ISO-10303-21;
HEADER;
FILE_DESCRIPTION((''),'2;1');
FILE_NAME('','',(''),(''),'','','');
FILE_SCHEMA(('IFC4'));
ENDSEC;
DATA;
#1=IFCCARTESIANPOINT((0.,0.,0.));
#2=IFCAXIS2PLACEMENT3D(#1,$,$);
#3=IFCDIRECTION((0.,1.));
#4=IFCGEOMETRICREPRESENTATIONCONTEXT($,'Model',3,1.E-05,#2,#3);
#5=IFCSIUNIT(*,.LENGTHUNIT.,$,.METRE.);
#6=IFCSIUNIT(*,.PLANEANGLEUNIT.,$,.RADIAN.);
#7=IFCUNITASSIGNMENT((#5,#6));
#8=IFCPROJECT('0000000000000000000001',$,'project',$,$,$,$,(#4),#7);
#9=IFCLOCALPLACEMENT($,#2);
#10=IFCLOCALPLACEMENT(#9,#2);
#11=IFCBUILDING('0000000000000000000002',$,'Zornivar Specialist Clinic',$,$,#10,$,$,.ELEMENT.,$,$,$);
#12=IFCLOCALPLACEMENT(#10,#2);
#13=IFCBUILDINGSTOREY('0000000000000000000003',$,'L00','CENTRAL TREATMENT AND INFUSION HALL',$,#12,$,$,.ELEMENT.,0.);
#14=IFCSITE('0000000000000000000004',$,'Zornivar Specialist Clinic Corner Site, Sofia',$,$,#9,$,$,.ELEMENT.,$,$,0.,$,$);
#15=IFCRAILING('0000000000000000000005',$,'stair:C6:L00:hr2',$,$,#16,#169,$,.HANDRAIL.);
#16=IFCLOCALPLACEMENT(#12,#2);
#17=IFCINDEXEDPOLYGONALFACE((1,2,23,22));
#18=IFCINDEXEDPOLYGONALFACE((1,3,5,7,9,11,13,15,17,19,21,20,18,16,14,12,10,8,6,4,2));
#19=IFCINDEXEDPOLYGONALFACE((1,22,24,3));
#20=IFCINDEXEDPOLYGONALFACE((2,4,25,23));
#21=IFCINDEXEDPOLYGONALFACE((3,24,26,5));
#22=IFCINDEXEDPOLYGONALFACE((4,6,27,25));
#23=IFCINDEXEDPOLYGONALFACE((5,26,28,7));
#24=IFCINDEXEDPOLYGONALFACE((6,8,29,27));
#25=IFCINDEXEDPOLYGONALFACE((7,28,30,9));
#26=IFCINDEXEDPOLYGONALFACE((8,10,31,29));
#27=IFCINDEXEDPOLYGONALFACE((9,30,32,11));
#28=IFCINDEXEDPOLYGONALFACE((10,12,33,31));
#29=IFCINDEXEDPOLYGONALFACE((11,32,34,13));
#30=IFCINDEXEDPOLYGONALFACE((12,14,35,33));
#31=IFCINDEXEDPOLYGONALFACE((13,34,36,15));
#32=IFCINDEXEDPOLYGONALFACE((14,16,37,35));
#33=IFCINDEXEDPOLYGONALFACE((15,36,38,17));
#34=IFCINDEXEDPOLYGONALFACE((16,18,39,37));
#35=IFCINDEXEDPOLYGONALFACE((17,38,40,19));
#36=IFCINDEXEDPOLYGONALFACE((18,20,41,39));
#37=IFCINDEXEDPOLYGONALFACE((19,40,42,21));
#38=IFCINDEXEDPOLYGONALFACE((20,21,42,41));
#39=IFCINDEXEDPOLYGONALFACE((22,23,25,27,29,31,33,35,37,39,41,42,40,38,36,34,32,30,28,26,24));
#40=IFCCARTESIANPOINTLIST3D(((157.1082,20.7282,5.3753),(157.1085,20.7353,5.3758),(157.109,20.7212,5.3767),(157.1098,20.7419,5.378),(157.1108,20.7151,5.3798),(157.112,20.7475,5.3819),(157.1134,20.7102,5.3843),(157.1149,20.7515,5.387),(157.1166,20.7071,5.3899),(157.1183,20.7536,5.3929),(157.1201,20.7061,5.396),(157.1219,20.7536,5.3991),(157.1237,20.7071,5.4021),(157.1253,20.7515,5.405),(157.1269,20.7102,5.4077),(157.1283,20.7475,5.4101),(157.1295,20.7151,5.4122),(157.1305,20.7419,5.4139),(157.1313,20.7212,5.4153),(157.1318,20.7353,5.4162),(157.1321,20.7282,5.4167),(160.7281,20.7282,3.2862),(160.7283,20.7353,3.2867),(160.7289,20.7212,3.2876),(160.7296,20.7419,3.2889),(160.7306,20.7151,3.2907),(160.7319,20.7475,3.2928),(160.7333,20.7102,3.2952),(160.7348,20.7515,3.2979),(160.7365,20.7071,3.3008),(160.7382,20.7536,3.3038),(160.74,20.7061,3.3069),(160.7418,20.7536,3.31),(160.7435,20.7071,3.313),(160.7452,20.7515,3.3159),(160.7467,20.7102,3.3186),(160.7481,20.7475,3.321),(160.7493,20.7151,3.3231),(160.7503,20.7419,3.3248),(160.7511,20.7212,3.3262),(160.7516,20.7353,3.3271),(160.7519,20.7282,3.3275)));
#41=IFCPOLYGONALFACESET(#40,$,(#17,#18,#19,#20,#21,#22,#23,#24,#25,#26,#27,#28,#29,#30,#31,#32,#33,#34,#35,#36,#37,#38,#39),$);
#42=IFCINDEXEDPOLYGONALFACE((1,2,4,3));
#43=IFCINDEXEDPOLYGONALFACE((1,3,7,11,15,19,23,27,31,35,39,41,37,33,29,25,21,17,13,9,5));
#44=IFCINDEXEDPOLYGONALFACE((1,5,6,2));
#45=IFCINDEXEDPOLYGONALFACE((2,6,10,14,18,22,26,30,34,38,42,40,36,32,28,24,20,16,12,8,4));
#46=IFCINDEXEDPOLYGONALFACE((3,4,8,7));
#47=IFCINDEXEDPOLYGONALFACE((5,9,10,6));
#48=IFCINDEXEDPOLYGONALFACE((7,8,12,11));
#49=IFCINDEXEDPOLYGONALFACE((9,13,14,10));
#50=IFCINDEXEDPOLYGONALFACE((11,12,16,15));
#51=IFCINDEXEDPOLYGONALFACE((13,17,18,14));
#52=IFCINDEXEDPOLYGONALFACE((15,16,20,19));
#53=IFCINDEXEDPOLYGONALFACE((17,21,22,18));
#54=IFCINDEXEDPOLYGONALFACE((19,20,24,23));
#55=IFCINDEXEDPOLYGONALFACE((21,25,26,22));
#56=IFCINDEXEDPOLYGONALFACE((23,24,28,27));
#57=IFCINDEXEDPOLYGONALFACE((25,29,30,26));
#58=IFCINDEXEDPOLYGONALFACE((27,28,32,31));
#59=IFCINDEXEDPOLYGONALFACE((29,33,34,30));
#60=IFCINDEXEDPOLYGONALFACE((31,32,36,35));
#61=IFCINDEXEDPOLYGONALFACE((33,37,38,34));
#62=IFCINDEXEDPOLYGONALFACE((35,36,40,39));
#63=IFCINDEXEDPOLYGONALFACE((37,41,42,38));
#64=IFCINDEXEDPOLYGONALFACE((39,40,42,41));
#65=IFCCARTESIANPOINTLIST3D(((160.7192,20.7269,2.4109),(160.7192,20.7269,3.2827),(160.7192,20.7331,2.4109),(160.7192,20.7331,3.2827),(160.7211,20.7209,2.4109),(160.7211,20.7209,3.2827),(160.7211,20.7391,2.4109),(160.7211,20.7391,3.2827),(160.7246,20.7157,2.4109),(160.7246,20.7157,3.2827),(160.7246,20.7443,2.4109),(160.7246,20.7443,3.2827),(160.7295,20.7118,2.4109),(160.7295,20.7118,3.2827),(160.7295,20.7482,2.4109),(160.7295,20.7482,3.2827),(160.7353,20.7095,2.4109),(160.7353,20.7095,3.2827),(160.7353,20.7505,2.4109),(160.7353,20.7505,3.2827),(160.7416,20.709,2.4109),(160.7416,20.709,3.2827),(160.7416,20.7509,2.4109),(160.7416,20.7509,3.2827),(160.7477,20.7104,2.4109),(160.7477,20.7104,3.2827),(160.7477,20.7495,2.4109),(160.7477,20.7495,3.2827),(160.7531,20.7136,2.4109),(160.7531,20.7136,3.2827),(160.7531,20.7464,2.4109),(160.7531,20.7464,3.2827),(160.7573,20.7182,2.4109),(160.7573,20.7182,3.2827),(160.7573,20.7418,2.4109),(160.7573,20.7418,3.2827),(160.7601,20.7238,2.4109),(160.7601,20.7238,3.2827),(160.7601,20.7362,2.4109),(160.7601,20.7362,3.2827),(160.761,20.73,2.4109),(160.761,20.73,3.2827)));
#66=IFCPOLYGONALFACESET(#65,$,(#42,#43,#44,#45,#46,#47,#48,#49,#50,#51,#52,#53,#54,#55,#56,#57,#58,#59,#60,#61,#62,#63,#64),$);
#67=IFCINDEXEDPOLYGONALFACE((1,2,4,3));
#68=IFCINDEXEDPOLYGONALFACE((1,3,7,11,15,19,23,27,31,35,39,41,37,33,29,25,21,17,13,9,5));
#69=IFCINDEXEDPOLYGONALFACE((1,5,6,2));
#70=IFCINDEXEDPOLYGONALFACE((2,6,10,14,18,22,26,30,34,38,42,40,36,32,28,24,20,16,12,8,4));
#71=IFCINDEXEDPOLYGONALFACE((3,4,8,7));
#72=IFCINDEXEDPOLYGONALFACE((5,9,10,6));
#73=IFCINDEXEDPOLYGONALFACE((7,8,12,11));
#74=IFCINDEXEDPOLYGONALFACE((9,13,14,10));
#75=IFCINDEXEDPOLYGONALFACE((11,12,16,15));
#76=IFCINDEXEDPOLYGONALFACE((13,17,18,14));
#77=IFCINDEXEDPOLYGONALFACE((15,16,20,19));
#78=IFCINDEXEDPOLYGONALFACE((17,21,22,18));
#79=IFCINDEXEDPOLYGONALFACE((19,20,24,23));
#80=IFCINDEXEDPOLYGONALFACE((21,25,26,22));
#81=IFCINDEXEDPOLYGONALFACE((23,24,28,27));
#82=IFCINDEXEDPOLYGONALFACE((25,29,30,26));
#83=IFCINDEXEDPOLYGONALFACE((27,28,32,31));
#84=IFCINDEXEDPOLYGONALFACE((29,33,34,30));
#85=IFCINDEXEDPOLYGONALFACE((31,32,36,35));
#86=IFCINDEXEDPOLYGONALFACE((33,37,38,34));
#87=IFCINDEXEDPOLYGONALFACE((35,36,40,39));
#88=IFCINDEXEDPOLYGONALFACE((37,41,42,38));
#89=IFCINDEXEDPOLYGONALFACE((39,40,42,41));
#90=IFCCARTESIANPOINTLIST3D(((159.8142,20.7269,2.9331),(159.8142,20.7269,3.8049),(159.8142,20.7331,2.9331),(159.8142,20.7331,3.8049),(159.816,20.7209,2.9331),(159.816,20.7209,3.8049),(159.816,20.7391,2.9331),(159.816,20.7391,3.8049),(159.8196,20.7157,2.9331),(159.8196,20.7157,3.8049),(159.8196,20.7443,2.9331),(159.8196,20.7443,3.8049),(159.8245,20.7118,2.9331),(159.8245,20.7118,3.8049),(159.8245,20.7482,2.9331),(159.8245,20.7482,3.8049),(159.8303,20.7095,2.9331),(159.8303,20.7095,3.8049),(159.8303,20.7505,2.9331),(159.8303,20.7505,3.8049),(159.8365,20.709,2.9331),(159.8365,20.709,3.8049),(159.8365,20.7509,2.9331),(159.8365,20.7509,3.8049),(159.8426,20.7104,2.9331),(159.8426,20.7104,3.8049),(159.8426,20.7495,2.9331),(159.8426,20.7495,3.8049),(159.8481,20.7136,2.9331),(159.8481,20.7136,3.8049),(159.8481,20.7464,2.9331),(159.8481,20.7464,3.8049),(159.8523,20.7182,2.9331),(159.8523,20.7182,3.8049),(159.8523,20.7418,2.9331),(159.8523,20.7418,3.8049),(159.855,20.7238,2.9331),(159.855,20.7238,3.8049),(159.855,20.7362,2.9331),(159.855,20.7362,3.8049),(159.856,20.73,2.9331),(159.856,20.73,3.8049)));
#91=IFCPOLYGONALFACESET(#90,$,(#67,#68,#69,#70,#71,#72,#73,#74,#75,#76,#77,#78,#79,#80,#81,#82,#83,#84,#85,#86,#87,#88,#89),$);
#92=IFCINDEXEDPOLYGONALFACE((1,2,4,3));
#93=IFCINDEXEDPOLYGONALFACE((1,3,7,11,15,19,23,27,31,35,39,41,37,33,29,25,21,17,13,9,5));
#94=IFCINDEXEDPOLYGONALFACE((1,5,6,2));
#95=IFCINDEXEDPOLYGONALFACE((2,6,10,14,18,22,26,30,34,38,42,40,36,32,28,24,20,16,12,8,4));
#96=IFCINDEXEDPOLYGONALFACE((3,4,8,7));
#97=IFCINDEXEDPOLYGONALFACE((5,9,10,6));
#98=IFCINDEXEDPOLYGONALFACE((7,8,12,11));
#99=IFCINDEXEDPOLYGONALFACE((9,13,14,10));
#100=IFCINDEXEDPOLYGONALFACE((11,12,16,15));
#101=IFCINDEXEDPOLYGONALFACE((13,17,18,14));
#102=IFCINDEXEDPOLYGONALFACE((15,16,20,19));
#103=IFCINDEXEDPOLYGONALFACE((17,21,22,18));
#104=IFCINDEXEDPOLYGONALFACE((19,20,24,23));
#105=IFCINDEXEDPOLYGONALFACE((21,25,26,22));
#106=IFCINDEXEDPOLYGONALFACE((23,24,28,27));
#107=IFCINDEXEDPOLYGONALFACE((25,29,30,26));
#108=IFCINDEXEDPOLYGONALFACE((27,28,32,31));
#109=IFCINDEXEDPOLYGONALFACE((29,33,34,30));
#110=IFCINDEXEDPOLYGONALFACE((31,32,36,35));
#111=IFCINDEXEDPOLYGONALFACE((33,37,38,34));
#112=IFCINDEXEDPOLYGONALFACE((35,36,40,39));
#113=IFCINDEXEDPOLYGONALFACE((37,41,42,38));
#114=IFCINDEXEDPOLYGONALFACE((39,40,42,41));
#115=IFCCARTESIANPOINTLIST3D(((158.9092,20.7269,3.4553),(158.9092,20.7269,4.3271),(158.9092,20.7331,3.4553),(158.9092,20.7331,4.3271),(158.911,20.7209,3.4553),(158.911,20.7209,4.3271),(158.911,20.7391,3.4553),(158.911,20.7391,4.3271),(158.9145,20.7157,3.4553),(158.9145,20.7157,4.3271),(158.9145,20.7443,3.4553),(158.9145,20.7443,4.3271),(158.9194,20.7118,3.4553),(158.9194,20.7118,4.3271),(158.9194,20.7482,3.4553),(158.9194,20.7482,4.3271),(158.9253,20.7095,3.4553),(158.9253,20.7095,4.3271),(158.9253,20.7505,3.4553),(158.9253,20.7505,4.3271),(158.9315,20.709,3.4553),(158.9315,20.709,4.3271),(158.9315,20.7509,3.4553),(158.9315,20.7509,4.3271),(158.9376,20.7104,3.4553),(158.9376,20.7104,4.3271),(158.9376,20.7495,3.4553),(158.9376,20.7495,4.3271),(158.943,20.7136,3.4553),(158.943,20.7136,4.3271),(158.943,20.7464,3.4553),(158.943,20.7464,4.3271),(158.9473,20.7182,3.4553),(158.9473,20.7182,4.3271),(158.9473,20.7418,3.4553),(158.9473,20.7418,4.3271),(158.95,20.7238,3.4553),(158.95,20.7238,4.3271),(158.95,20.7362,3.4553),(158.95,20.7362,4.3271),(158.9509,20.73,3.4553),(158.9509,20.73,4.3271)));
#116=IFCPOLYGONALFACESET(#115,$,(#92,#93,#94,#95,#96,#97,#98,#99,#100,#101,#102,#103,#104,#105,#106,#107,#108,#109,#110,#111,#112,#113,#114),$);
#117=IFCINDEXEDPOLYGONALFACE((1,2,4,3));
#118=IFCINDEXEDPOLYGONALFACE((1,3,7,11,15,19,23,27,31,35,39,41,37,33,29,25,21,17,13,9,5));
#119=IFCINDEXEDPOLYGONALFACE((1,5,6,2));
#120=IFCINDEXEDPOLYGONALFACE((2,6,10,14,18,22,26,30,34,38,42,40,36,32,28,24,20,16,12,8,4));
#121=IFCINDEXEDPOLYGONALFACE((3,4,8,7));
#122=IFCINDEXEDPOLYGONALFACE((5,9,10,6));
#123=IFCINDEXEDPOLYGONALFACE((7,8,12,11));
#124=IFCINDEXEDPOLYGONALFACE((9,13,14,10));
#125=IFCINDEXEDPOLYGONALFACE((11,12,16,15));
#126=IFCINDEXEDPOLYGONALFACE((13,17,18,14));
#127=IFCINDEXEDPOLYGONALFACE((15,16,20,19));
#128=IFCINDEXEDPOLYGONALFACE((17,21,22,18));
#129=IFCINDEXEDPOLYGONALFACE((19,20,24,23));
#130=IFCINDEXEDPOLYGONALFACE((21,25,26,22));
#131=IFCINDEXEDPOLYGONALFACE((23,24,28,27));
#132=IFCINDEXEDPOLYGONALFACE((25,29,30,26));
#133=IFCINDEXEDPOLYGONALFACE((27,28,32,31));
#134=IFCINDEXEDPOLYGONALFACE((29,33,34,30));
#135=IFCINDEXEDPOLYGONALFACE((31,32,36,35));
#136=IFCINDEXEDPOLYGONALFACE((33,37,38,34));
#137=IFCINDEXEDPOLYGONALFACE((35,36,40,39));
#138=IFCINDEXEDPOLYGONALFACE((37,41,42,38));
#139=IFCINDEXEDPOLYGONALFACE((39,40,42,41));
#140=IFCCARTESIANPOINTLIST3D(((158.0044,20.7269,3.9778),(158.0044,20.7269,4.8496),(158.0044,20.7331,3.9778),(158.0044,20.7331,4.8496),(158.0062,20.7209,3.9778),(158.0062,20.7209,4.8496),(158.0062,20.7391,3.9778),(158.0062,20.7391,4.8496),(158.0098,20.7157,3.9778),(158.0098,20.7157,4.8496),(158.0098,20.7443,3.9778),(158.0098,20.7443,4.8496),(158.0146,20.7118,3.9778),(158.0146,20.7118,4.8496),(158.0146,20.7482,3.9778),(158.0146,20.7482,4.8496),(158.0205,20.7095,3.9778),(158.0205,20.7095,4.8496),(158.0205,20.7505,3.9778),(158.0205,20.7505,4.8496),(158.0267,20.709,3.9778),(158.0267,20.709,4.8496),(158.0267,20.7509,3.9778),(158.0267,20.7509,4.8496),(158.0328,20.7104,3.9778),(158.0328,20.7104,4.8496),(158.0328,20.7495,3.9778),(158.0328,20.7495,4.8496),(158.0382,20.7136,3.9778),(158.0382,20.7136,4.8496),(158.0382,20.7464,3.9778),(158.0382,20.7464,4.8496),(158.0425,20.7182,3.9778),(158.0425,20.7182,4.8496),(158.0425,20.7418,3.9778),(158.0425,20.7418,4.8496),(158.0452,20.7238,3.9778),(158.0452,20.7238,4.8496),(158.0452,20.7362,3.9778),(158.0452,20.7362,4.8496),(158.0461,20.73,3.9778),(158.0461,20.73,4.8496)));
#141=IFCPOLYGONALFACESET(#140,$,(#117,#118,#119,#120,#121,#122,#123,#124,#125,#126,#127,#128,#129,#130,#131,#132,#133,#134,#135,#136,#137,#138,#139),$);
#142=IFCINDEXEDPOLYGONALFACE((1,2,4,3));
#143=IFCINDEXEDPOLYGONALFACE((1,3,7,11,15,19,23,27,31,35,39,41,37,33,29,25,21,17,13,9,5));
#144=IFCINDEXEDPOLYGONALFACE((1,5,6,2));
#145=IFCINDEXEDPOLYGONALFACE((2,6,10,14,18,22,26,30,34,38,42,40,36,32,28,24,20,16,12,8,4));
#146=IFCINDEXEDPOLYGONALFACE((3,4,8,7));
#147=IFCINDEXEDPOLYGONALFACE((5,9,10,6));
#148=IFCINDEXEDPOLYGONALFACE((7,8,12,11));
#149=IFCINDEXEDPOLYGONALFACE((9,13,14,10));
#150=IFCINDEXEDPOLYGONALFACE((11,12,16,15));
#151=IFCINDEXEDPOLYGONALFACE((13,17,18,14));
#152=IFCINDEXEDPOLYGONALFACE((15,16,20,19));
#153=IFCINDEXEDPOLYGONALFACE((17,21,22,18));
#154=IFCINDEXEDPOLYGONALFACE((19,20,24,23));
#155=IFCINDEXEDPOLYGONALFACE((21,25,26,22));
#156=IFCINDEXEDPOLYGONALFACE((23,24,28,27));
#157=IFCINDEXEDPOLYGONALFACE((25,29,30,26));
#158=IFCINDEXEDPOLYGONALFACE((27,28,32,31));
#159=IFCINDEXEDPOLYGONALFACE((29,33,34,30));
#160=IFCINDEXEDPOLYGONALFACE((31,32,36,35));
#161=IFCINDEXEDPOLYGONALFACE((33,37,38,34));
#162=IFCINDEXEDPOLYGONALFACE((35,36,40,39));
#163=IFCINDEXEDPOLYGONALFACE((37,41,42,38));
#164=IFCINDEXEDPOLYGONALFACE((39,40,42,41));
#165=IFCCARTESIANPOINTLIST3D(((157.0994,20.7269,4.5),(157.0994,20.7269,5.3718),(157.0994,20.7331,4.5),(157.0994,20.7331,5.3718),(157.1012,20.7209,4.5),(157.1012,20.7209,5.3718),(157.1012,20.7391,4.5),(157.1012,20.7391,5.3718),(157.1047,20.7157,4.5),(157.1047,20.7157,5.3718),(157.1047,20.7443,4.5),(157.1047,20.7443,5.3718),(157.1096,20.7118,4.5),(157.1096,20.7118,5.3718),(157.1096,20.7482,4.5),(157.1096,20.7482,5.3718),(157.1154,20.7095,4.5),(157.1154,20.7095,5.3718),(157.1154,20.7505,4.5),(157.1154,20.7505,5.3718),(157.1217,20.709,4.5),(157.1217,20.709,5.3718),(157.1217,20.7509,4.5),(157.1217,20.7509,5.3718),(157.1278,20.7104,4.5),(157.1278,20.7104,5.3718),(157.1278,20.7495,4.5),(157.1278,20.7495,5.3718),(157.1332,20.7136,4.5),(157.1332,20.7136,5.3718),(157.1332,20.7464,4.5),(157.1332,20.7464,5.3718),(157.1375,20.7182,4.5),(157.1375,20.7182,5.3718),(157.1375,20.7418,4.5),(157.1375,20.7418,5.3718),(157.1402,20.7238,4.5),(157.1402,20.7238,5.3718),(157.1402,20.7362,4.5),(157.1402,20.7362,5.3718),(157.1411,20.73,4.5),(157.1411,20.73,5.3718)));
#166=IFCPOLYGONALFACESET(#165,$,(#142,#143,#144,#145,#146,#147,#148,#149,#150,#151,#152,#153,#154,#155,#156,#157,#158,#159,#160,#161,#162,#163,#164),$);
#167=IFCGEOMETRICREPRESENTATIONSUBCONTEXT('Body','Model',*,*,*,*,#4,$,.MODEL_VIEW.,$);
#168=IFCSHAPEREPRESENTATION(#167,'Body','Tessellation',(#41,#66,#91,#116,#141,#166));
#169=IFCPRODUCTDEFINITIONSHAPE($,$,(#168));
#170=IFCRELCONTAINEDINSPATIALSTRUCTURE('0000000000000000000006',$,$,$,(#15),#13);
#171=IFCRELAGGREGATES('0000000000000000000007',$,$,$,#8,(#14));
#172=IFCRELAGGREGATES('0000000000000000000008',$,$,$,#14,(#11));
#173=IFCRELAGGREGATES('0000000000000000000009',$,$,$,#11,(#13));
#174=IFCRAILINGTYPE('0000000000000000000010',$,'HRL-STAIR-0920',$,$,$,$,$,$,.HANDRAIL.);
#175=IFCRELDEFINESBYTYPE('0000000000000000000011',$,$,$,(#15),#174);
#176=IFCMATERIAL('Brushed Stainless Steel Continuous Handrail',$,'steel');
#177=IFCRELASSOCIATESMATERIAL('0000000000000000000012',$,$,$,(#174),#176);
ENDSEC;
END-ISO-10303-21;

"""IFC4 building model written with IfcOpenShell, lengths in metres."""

from ifc_helpers import new_model, si_unit, direction, frame, origin, origin_2d, place, context, subcontext, project, spatial, circle, extrude, material, type_object, element, save


model = new_model("IFC4")

# Units and contexts
model_context = context("Model", 3, precision=1e-05, world=origin(), true_north=direction((0.0, 1.0)))
body_context = subcontext(model_context, "Body", "Model", "MODEL_VIEW")
ifc_project = project(units=[si_unit("LENGTHUNIT", "METRE"), si_unit("PLANEANGLEUNIT", "RADIAN")], contexts=[model_context])

# Site, building, storey
site_placement = place(None, origin())
site = spatial("IfcSite", under=ifc_project, at=site_placement, Name="Zornivar Specialist Clinic Corner Site, Sofia", CompositionType="ELEMENT", RefElevation=0.0)
building_placement = place(site_placement, origin())
building = spatial("IfcBuilding", under=site, at=building_placement, Name="Zornivar Specialist Clinic", CompositionType="ELEMENT")
storey_placement = place(building_placement, origin())
storey = spatial("IfcBuildingStorey", under=building, at=storey_placement, Name="L00", Description="CENTRAL TREATMENT AND INFUSION HALL", CompositionType="ELEMENT", Elevation=0.0)

# Railing
ifc_material_1 = material(Name="Brushed Stainless Steel Continuous Handrail", Category="steel")
railing_type_1 = type_object("IfcRailingType", Name="HRL-STAIR-0920", PredefinedType="HANDRAIL", material=ifc_material_1)
railing_1_placement = place(storey_placement, frame((160.74, 20.73, 2.4109)))
element("IfcRailing", 1, at=railing_1_placement, inside=storey, type_object=railing_type_1, Name="stair:C6:L00:hr2", PredefinedType="HANDRAIL", context=body_context, shape_type="SweptSolid", body=[
    extrude(circle(Radius=0.0239, at=origin_2d()), frame((0.0, 0.0, 0.896), z_axis=(-0.866111, 0.0, 0.499852), x_axis=(0.0, -1.0, 0.0)), (0.0, 0.0, 1.0), 4.1794),
    extrude(circle(Radius=0.021, at=origin_2d()), origin(), (0.0, 0.0, 1.0), 0.8718),
    extrude(circle(Radius=0.021, at=origin_2d()), frame((-0.905, 0.0, 0.5222)), (0.0, 0.0, 1.0), 0.8718),
    extrude(circle(Radius=0.021, at=origin_2d()), frame((-1.8101, 0.0, 1.0444)), (0.0, 0.0, 1.0), 0.8718),
    extrude(circle(Radius=0.021, at=origin_2d()), frame((-2.7148, 0.0, 1.5669)), (0.0, 0.0, 1.0), 0.8718),
    extrude(circle(Radius=0.021, at=origin_2d()), frame((-3.6199, 0.0, 2.0891)), (0.0, 0.0, 1.0), 0.8718),
])

save(model, "model.ifc")
